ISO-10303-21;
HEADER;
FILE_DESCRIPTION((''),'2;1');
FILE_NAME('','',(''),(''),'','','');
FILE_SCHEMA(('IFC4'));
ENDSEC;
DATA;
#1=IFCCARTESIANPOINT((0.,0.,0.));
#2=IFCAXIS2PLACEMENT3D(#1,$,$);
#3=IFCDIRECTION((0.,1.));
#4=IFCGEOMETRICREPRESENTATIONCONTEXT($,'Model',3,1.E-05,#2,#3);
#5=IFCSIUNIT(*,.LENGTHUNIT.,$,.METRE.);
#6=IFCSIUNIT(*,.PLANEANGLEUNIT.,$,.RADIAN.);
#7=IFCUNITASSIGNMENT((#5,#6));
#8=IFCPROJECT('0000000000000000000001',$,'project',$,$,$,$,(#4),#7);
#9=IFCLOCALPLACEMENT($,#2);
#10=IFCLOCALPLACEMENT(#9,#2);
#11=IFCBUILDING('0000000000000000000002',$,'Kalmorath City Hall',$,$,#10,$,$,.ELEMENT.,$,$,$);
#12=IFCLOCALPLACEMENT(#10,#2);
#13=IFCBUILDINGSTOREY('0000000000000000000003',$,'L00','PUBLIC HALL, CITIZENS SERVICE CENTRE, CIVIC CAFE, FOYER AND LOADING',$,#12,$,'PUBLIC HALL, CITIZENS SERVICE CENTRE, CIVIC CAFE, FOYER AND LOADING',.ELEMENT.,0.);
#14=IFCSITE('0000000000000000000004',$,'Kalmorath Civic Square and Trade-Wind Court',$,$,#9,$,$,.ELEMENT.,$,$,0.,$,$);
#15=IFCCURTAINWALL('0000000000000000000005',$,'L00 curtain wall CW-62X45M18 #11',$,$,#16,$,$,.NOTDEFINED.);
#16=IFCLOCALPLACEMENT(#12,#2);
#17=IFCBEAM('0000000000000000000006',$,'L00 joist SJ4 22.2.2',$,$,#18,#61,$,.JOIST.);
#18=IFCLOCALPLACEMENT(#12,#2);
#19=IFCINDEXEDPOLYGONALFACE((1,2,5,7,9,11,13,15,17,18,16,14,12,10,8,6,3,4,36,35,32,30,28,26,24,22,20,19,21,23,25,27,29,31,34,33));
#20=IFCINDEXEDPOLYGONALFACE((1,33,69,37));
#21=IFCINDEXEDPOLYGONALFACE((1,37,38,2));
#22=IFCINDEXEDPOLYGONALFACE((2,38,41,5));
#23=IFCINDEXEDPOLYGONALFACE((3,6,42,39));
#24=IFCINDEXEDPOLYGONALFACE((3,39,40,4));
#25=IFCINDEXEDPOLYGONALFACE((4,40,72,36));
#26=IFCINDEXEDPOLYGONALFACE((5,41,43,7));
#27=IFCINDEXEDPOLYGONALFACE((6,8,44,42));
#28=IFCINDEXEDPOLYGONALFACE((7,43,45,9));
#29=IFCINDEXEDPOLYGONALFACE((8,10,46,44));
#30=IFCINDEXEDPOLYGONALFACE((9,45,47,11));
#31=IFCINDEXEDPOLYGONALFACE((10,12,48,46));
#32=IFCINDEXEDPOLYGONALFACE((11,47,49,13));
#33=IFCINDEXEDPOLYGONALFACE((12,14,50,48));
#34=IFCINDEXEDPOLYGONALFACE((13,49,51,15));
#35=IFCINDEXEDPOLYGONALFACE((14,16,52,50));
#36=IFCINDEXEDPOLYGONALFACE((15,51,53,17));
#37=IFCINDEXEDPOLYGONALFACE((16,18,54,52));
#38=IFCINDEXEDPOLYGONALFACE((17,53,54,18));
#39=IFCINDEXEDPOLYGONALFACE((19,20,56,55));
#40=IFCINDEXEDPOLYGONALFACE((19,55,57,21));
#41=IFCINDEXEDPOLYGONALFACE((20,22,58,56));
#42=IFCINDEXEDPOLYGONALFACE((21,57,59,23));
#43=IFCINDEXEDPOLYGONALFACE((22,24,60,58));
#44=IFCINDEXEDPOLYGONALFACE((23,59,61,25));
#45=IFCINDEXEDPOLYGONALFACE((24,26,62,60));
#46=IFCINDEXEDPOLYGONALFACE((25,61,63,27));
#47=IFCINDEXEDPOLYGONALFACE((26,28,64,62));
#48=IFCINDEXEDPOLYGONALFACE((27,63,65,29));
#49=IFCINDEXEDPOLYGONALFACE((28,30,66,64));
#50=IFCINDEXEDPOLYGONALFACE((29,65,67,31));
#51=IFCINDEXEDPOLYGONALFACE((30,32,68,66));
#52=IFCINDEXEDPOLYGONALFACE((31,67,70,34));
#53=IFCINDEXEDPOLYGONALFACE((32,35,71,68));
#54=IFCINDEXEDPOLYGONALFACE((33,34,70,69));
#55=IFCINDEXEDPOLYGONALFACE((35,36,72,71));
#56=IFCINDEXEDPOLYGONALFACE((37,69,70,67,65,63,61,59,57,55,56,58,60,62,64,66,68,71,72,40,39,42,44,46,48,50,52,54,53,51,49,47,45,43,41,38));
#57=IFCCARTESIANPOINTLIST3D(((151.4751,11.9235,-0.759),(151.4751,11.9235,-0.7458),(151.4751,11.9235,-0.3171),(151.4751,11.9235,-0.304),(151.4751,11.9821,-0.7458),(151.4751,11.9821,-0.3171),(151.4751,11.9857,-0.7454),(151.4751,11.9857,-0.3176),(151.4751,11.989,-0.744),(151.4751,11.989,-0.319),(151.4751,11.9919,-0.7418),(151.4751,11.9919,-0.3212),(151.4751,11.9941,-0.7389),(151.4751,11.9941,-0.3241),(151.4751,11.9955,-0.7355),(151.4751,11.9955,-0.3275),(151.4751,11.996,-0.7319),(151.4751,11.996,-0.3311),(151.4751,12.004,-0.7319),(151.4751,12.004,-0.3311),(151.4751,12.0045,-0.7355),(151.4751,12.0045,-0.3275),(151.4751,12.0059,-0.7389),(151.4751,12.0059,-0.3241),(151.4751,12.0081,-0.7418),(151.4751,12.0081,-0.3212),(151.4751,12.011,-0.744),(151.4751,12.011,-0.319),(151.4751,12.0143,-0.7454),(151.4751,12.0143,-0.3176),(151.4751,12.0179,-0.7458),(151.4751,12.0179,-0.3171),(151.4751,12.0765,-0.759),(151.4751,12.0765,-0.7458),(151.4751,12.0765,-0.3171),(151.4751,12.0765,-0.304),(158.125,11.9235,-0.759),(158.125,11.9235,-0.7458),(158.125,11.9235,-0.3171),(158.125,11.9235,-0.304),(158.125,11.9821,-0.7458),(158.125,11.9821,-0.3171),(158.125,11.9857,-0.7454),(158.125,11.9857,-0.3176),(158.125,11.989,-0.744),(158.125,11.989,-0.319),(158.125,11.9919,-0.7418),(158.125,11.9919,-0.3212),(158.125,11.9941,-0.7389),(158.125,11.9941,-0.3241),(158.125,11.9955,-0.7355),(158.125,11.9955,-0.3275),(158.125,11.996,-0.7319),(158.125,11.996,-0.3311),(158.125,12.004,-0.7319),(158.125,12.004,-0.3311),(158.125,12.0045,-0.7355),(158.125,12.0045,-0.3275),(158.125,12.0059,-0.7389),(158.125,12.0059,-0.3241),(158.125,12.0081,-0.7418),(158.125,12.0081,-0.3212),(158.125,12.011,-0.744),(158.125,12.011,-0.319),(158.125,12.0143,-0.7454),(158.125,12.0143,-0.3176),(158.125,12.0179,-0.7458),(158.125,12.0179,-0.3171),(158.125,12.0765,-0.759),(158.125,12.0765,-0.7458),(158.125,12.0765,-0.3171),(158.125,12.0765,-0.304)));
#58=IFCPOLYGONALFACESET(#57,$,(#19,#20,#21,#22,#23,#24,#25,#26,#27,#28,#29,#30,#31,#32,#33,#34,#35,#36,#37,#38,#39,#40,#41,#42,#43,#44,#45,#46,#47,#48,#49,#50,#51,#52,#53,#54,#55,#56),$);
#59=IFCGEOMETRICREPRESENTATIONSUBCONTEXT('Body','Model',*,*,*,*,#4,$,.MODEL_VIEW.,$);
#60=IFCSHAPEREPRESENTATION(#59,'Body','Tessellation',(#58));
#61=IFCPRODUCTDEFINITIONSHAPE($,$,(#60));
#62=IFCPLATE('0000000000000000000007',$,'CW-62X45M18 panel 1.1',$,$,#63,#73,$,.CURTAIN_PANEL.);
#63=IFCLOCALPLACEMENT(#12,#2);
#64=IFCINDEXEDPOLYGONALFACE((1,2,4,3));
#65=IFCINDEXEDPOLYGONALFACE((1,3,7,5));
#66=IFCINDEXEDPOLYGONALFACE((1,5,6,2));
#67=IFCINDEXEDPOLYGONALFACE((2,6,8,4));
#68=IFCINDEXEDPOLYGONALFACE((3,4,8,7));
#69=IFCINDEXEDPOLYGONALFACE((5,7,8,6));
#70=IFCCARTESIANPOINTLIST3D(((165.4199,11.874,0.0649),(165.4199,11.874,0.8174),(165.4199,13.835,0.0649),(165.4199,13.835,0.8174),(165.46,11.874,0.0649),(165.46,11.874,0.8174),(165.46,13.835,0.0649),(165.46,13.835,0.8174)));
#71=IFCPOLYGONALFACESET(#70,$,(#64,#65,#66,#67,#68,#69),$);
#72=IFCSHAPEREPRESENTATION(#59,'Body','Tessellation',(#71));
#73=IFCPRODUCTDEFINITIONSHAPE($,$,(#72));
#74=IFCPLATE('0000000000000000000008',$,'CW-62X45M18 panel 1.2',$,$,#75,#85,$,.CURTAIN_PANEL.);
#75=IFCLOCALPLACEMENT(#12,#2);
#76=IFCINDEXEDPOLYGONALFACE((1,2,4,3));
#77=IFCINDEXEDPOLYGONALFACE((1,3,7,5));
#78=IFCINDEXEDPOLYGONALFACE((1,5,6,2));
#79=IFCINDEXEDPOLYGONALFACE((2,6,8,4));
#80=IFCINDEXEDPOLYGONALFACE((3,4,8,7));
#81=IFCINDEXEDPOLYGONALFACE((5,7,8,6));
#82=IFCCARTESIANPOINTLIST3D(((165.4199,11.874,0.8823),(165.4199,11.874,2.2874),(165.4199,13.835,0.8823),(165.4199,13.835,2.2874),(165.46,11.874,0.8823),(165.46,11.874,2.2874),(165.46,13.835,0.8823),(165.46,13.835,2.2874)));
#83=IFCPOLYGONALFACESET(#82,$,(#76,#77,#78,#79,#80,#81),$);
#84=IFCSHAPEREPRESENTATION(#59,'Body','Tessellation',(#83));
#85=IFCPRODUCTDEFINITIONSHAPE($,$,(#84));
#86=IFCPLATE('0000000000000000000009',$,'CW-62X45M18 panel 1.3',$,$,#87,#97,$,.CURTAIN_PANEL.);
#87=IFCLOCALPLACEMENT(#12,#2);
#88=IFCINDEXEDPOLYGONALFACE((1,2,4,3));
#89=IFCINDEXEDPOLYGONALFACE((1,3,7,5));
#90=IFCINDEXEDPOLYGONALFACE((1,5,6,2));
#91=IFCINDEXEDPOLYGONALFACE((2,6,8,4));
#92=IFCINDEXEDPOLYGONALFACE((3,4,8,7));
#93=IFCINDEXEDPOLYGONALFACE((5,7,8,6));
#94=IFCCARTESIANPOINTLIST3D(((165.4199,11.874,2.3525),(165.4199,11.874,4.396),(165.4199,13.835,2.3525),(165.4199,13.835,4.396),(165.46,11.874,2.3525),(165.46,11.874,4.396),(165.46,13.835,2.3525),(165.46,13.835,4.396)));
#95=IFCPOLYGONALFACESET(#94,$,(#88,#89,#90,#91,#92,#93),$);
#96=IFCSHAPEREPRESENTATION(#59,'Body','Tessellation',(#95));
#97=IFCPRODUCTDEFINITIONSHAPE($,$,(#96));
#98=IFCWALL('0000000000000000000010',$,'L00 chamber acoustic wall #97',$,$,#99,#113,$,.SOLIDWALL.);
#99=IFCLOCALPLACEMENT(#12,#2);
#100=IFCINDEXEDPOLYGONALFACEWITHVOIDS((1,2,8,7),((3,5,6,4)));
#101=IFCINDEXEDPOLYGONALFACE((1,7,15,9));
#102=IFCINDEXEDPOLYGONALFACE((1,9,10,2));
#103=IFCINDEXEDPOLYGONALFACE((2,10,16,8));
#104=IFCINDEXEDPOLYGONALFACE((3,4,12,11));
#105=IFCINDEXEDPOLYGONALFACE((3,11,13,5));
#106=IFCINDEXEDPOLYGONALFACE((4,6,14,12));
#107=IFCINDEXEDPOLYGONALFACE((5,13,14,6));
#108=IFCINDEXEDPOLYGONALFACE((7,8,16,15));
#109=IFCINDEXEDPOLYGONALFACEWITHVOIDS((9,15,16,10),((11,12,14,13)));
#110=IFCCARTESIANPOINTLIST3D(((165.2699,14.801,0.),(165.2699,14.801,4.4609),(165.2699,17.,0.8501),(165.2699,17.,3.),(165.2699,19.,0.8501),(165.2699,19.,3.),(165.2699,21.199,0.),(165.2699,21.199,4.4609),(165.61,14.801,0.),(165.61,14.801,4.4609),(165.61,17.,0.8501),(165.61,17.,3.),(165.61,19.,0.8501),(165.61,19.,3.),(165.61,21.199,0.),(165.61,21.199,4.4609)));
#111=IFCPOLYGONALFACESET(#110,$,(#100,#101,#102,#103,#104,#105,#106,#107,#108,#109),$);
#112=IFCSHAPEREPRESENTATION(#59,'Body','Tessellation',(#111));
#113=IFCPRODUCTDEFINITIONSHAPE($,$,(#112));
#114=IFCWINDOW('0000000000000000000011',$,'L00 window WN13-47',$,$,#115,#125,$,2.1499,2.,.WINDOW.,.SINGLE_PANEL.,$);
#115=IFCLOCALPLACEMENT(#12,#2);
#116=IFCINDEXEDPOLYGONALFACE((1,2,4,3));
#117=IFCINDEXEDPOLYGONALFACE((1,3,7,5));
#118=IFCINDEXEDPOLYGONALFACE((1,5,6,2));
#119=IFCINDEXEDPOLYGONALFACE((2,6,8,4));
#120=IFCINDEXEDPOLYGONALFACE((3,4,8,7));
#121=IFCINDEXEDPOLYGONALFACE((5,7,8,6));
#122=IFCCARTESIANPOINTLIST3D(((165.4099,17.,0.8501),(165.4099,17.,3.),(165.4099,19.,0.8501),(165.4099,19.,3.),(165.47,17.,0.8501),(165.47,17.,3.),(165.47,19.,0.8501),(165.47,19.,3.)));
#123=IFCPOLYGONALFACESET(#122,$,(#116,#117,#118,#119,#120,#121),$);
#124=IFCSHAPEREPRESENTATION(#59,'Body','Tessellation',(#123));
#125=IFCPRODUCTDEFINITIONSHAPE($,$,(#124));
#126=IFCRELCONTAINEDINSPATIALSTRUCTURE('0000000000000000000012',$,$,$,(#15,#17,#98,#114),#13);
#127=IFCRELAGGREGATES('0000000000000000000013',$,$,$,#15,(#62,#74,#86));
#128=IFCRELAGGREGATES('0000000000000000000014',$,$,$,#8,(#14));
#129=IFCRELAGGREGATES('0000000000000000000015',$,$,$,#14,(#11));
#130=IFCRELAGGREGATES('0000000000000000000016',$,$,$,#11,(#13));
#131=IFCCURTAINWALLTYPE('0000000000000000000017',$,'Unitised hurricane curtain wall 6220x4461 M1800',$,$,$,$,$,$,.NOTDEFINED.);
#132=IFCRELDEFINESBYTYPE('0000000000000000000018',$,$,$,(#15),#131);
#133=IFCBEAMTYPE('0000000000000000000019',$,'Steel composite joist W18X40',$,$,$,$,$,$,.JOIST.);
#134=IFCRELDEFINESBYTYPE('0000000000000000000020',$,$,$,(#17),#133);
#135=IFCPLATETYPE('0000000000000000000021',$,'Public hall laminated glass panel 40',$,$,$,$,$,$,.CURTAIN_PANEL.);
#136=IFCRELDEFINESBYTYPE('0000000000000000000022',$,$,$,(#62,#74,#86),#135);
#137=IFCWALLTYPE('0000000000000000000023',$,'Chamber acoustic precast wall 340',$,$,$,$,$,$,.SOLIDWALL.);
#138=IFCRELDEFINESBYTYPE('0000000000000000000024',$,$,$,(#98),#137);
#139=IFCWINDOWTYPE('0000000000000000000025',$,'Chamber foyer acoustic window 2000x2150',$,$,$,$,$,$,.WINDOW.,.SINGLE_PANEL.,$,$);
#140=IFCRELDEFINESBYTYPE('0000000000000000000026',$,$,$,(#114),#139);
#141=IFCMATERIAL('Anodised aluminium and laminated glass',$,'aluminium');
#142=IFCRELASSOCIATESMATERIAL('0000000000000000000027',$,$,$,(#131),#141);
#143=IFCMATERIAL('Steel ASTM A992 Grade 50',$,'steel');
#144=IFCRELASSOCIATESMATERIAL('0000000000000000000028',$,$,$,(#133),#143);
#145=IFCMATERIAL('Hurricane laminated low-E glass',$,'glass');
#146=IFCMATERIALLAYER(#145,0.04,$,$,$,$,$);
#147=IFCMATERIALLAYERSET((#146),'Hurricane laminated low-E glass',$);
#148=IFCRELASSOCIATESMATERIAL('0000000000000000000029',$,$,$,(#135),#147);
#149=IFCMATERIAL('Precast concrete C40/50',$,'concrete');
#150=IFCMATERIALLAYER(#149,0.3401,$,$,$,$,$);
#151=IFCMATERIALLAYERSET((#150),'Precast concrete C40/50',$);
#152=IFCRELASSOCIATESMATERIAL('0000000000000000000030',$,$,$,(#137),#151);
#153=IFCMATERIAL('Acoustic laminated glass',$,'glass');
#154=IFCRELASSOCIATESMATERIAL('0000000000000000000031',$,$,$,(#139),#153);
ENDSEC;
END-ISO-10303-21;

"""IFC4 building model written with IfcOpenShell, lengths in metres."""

from ifc_helpers import new_model, si_unit, direction, frame, frame_2d, origin, origin_2d, place, context, subcontext, project, spatial, rectangle, i_section, extrude, material, layer, layer_set, material_profile, profile_set, type_object, element, fill, aggregate, save


model = new_model("IFC4")

# Units and contexts
model_context = context("Model", 3, precision=1e-05, world=origin(), true_north=direction((0.0, 1.0)))
body_context = subcontext(model_context, "Body", "Model", "MODEL_VIEW")
ifc_project = project(units=[si_unit("LENGTHUNIT", "METRE"), si_unit("PLANEANGLEUNIT", "RADIAN")], contexts=[model_context])

# Site, building, storey
site_placement = place(None, origin())
site = spatial("IfcSite", under=ifc_project, at=site_placement, Name="Kalmorath Civic Square and Trade-Wind Court", CompositionType="ELEMENT", RefElevation=0.0)
building_placement = place(site_placement, origin())
building = spatial("IfcBuilding", under=site, at=building_placement, Name="Kalmorath City Hall", CompositionType="ELEMENT")
storey_placement = place(building_placement, origin())
storey = spatial("IfcBuildingStorey", under=building, at=storey_placement, Name="L00", Description="PUBLIC HALL, CITIZENS SERVICE CENTRE, CIVIC CAFE, FOYER AND LOADING", LongName="PUBLIC HALL, CITIZENS SERVICE CENTRE, CIVIC CAFE, FOYER AND LOADING", CompositionType="ELEMENT", Elevation=0.0)

# Curtain wall
ifc_material_1 = material(Name="Anodised aluminium and laminated glass", Category="aluminium")
curtain_wall_type = type_object("IfcCurtainWallType", Name="Unitised hurricane curtain wall 6220x4461 M1800", PredefinedType="NOTDEFINED", material=ifc_material_1)
curtain_wall_placement = place(storey_placement, origin())
curtain_wall = element("IfcCurtainWall", 1, at=curtain_wall_placement, inside=storey, type_object=curtain_wall_type, Name="L00 curtain wall CW-62X45M18 #11", PredefinedType="NOTDEFINED")

# Beam
ifc_material_2 = material(Name="Steel ASTM A992 Grade 50", Category="steel")
ifc_material_profile_1 = material_profile(ifc_material_2, i_section(OverallWidth=0.1531, OverallDepth=0.4551, WebThickness=0.0081, FlangeThickness=0.0132, FilletRadius=0.0139, at=origin_2d()), Name="W18X40")
ifc_profile_set_1 = profile_set([ifc_material_profile_1], Name="Steel ASTM A992 Grade 50")
beam_type_1 = type_object("IfcBeamType", Name="Steel composite joist W18X40", PredefinedType="JOIST", material=ifc_profile_set_1)
beam_1_placement = place(storey_placement, frame((151.4751, 12.0, -0.5315), z_axis=(1.0, 0.0, 0.0), x_axis=(0.0, 1.0, 0.0)))
element("IfcBeam", 2, at=beam_1_placement, inside=storey, type_object=beam_type_1, Name="L00 joist SJ4 22.2.2", PredefinedType="JOIST", context=body_context, shape_type="SweptSolid", body=[
    extrude(i_section(OverallWidth=0.1531, OverallDepth=0.4551, WebThickness=0.0081, FlangeThickness=0.0132, FilletRadius=0.0139, at=origin_2d()), origin(), (0.0, 0.0, 1.0), 6.6499),
])

# Plates
ifc_material_3 = material(Name="Hurricane laminated low-E glass", Category="glass")
ifc_layer_1 = layer(ifc_material_3, 0.04)
ifc_layer_set_1 = layer_set([ifc_layer_1], Name="Hurricane laminated low-E glass")
plate_type = type_object("IfcPlateType", Name="Public hall laminated glass panel 40", PredefinedType="CURTAIN_PANEL", material=ifc_layer_set_1)
plate_1_placement = place(storey_placement, frame((165.4399, 12.8545, 0.0649), z_axis=(0.0, 0.0, 1.0), x_axis=(0.0, -1.0, 0.0)))
plate_1 = element("IfcPlate", 3, at=plate_1_placement, type_object=plate_type, Name="CW-62X45M18 panel 1.1", PredefinedType="CURTAIN_PANEL", context=body_context, shape_type="SweptSolid", body=[
    extrude(rectangle(XDim=1.9609, YDim=0.04, at=origin_2d()), origin(), (0.0, 0.0, 1.0), 0.7524),
])
plate_2_placement = place(storey_placement, frame((165.4399, 12.8545, 0.8823), z_axis=(0.0, 0.0, 1.0), x_axis=(0.0, -1.0, 0.0)))
plate_2 = element("IfcPlate", 4, at=plate_2_placement, type_object=plate_type, Name="CW-62X45M18 panel 1.2", PredefinedType="CURTAIN_PANEL", context=body_context, shape_type="SweptSolid", body=[
    extrude(rectangle(XDim=1.9609, YDim=0.04, at=origin_2d()), origin(), (0.0, 0.0, 1.0), 1.405),
])
plate_3_placement = place(storey_placement, frame((165.4399, 12.8545, 2.3525), z_axis=(0.0, 0.0, 1.0), x_axis=(0.0, -1.0, 0.0)))
plate_3 = element("IfcPlate", 5, at=plate_3_placement, type_object=plate_type, Name="CW-62X45M18 panel 1.3", PredefinedType="CURTAIN_PANEL", context=body_context, shape_type="SweptSolid", body=[
    extrude(rectangle(XDim=1.9609, YDim=0.04, at=origin_2d()), origin(), (0.0, 0.0, 1.0), 2.0435),
])
aggregate(curtain_wall, [plate_1, plate_2, plate_3])

# Wall, opening, window
ifc_material_4 = material(Name="Precast concrete C40/50", Category="concrete")
ifc_layer_2 = layer(ifc_material_4, 0.3401)
ifc_layer_set_2 = layer_set([ifc_layer_2], Name="Precast concrete C40/50")
wall_type = type_object("IfcWallType", Name="Chamber acoustic precast wall 340", PredefinedType="SOLIDWALL", material=ifc_layer_set_2)
wall_placement = place(storey_placement, frame((165.4399, 21.199, 0.0), z_axis=(0.0, 0.0, 1.0), x_axis=(0.0, -1.0, 0.0)))
wall = element("IfcWall", 6, at=wall_placement, inside=storey, type_object=wall_type, Name="L00 chamber acoustic wall #97", PredefinedType="SOLIDWALL", context=body_context, shape_type="SweptSolid", body=[
    extrude(rectangle(XDim=6.3979, YDim=0.3401, at=frame_2d((3.199, 0.0))), origin(), (0.0, 0.0, 1.0), 4.4609),
])
opening_placement = place(wall_placement, frame((2.199, 0.0, 0.8501)))
opening = element("IfcOpeningElement", 7, at=opening_placement, cuts=wall, PredefinedType="OPENING", context=body_context, shape_type="SweptSolid", body=[
    extrude(rectangle(XDim=2.0, YDim=2.1499, at=frame_2d((1.0, 1.075))), frame((0.0, 0.1799, 0.0), z_axis=(0.0, -1.0, 0.0), x_axis=(1.0, 0.0, 0.0)), (0.0, 0.0, 1.0), 0.3601),
])
ifc_material_5 = material(Name="Acoustic laminated glass", Category="glass")
window_type = type_object("IfcWindowType", Name="Chamber foyer acoustic window 2000x2150", PartitioningType="SINGLE_PANEL", PredefinedType="WINDOW", material=ifc_material_5)
window_placement = place(opening_placement, origin())
window = element("IfcWindow", 8, at=window_placement, inside=storey, type_object=window_type, Name="L00 window WN13-47", OverallHeight=2.1499, OverallWidth=2.0, PartitioningType="SINGLE_PANEL", PredefinedType="WINDOW", context=body_context, shape_type="SweptSolid", body=[
    extrude(rectangle(XDim=2.0, YDim=2.1499, at=frame_2d((1.0, 1.075))), frame((0.0, 0.03, 0.0), z_axis=(0.0, -1.0, 0.0), x_axis=(1.0, 0.0, 0.0)), (0.0, 0.0, 1.0), 0.0601),
])
fill(opening, window)

save(model, "model.ifc")
